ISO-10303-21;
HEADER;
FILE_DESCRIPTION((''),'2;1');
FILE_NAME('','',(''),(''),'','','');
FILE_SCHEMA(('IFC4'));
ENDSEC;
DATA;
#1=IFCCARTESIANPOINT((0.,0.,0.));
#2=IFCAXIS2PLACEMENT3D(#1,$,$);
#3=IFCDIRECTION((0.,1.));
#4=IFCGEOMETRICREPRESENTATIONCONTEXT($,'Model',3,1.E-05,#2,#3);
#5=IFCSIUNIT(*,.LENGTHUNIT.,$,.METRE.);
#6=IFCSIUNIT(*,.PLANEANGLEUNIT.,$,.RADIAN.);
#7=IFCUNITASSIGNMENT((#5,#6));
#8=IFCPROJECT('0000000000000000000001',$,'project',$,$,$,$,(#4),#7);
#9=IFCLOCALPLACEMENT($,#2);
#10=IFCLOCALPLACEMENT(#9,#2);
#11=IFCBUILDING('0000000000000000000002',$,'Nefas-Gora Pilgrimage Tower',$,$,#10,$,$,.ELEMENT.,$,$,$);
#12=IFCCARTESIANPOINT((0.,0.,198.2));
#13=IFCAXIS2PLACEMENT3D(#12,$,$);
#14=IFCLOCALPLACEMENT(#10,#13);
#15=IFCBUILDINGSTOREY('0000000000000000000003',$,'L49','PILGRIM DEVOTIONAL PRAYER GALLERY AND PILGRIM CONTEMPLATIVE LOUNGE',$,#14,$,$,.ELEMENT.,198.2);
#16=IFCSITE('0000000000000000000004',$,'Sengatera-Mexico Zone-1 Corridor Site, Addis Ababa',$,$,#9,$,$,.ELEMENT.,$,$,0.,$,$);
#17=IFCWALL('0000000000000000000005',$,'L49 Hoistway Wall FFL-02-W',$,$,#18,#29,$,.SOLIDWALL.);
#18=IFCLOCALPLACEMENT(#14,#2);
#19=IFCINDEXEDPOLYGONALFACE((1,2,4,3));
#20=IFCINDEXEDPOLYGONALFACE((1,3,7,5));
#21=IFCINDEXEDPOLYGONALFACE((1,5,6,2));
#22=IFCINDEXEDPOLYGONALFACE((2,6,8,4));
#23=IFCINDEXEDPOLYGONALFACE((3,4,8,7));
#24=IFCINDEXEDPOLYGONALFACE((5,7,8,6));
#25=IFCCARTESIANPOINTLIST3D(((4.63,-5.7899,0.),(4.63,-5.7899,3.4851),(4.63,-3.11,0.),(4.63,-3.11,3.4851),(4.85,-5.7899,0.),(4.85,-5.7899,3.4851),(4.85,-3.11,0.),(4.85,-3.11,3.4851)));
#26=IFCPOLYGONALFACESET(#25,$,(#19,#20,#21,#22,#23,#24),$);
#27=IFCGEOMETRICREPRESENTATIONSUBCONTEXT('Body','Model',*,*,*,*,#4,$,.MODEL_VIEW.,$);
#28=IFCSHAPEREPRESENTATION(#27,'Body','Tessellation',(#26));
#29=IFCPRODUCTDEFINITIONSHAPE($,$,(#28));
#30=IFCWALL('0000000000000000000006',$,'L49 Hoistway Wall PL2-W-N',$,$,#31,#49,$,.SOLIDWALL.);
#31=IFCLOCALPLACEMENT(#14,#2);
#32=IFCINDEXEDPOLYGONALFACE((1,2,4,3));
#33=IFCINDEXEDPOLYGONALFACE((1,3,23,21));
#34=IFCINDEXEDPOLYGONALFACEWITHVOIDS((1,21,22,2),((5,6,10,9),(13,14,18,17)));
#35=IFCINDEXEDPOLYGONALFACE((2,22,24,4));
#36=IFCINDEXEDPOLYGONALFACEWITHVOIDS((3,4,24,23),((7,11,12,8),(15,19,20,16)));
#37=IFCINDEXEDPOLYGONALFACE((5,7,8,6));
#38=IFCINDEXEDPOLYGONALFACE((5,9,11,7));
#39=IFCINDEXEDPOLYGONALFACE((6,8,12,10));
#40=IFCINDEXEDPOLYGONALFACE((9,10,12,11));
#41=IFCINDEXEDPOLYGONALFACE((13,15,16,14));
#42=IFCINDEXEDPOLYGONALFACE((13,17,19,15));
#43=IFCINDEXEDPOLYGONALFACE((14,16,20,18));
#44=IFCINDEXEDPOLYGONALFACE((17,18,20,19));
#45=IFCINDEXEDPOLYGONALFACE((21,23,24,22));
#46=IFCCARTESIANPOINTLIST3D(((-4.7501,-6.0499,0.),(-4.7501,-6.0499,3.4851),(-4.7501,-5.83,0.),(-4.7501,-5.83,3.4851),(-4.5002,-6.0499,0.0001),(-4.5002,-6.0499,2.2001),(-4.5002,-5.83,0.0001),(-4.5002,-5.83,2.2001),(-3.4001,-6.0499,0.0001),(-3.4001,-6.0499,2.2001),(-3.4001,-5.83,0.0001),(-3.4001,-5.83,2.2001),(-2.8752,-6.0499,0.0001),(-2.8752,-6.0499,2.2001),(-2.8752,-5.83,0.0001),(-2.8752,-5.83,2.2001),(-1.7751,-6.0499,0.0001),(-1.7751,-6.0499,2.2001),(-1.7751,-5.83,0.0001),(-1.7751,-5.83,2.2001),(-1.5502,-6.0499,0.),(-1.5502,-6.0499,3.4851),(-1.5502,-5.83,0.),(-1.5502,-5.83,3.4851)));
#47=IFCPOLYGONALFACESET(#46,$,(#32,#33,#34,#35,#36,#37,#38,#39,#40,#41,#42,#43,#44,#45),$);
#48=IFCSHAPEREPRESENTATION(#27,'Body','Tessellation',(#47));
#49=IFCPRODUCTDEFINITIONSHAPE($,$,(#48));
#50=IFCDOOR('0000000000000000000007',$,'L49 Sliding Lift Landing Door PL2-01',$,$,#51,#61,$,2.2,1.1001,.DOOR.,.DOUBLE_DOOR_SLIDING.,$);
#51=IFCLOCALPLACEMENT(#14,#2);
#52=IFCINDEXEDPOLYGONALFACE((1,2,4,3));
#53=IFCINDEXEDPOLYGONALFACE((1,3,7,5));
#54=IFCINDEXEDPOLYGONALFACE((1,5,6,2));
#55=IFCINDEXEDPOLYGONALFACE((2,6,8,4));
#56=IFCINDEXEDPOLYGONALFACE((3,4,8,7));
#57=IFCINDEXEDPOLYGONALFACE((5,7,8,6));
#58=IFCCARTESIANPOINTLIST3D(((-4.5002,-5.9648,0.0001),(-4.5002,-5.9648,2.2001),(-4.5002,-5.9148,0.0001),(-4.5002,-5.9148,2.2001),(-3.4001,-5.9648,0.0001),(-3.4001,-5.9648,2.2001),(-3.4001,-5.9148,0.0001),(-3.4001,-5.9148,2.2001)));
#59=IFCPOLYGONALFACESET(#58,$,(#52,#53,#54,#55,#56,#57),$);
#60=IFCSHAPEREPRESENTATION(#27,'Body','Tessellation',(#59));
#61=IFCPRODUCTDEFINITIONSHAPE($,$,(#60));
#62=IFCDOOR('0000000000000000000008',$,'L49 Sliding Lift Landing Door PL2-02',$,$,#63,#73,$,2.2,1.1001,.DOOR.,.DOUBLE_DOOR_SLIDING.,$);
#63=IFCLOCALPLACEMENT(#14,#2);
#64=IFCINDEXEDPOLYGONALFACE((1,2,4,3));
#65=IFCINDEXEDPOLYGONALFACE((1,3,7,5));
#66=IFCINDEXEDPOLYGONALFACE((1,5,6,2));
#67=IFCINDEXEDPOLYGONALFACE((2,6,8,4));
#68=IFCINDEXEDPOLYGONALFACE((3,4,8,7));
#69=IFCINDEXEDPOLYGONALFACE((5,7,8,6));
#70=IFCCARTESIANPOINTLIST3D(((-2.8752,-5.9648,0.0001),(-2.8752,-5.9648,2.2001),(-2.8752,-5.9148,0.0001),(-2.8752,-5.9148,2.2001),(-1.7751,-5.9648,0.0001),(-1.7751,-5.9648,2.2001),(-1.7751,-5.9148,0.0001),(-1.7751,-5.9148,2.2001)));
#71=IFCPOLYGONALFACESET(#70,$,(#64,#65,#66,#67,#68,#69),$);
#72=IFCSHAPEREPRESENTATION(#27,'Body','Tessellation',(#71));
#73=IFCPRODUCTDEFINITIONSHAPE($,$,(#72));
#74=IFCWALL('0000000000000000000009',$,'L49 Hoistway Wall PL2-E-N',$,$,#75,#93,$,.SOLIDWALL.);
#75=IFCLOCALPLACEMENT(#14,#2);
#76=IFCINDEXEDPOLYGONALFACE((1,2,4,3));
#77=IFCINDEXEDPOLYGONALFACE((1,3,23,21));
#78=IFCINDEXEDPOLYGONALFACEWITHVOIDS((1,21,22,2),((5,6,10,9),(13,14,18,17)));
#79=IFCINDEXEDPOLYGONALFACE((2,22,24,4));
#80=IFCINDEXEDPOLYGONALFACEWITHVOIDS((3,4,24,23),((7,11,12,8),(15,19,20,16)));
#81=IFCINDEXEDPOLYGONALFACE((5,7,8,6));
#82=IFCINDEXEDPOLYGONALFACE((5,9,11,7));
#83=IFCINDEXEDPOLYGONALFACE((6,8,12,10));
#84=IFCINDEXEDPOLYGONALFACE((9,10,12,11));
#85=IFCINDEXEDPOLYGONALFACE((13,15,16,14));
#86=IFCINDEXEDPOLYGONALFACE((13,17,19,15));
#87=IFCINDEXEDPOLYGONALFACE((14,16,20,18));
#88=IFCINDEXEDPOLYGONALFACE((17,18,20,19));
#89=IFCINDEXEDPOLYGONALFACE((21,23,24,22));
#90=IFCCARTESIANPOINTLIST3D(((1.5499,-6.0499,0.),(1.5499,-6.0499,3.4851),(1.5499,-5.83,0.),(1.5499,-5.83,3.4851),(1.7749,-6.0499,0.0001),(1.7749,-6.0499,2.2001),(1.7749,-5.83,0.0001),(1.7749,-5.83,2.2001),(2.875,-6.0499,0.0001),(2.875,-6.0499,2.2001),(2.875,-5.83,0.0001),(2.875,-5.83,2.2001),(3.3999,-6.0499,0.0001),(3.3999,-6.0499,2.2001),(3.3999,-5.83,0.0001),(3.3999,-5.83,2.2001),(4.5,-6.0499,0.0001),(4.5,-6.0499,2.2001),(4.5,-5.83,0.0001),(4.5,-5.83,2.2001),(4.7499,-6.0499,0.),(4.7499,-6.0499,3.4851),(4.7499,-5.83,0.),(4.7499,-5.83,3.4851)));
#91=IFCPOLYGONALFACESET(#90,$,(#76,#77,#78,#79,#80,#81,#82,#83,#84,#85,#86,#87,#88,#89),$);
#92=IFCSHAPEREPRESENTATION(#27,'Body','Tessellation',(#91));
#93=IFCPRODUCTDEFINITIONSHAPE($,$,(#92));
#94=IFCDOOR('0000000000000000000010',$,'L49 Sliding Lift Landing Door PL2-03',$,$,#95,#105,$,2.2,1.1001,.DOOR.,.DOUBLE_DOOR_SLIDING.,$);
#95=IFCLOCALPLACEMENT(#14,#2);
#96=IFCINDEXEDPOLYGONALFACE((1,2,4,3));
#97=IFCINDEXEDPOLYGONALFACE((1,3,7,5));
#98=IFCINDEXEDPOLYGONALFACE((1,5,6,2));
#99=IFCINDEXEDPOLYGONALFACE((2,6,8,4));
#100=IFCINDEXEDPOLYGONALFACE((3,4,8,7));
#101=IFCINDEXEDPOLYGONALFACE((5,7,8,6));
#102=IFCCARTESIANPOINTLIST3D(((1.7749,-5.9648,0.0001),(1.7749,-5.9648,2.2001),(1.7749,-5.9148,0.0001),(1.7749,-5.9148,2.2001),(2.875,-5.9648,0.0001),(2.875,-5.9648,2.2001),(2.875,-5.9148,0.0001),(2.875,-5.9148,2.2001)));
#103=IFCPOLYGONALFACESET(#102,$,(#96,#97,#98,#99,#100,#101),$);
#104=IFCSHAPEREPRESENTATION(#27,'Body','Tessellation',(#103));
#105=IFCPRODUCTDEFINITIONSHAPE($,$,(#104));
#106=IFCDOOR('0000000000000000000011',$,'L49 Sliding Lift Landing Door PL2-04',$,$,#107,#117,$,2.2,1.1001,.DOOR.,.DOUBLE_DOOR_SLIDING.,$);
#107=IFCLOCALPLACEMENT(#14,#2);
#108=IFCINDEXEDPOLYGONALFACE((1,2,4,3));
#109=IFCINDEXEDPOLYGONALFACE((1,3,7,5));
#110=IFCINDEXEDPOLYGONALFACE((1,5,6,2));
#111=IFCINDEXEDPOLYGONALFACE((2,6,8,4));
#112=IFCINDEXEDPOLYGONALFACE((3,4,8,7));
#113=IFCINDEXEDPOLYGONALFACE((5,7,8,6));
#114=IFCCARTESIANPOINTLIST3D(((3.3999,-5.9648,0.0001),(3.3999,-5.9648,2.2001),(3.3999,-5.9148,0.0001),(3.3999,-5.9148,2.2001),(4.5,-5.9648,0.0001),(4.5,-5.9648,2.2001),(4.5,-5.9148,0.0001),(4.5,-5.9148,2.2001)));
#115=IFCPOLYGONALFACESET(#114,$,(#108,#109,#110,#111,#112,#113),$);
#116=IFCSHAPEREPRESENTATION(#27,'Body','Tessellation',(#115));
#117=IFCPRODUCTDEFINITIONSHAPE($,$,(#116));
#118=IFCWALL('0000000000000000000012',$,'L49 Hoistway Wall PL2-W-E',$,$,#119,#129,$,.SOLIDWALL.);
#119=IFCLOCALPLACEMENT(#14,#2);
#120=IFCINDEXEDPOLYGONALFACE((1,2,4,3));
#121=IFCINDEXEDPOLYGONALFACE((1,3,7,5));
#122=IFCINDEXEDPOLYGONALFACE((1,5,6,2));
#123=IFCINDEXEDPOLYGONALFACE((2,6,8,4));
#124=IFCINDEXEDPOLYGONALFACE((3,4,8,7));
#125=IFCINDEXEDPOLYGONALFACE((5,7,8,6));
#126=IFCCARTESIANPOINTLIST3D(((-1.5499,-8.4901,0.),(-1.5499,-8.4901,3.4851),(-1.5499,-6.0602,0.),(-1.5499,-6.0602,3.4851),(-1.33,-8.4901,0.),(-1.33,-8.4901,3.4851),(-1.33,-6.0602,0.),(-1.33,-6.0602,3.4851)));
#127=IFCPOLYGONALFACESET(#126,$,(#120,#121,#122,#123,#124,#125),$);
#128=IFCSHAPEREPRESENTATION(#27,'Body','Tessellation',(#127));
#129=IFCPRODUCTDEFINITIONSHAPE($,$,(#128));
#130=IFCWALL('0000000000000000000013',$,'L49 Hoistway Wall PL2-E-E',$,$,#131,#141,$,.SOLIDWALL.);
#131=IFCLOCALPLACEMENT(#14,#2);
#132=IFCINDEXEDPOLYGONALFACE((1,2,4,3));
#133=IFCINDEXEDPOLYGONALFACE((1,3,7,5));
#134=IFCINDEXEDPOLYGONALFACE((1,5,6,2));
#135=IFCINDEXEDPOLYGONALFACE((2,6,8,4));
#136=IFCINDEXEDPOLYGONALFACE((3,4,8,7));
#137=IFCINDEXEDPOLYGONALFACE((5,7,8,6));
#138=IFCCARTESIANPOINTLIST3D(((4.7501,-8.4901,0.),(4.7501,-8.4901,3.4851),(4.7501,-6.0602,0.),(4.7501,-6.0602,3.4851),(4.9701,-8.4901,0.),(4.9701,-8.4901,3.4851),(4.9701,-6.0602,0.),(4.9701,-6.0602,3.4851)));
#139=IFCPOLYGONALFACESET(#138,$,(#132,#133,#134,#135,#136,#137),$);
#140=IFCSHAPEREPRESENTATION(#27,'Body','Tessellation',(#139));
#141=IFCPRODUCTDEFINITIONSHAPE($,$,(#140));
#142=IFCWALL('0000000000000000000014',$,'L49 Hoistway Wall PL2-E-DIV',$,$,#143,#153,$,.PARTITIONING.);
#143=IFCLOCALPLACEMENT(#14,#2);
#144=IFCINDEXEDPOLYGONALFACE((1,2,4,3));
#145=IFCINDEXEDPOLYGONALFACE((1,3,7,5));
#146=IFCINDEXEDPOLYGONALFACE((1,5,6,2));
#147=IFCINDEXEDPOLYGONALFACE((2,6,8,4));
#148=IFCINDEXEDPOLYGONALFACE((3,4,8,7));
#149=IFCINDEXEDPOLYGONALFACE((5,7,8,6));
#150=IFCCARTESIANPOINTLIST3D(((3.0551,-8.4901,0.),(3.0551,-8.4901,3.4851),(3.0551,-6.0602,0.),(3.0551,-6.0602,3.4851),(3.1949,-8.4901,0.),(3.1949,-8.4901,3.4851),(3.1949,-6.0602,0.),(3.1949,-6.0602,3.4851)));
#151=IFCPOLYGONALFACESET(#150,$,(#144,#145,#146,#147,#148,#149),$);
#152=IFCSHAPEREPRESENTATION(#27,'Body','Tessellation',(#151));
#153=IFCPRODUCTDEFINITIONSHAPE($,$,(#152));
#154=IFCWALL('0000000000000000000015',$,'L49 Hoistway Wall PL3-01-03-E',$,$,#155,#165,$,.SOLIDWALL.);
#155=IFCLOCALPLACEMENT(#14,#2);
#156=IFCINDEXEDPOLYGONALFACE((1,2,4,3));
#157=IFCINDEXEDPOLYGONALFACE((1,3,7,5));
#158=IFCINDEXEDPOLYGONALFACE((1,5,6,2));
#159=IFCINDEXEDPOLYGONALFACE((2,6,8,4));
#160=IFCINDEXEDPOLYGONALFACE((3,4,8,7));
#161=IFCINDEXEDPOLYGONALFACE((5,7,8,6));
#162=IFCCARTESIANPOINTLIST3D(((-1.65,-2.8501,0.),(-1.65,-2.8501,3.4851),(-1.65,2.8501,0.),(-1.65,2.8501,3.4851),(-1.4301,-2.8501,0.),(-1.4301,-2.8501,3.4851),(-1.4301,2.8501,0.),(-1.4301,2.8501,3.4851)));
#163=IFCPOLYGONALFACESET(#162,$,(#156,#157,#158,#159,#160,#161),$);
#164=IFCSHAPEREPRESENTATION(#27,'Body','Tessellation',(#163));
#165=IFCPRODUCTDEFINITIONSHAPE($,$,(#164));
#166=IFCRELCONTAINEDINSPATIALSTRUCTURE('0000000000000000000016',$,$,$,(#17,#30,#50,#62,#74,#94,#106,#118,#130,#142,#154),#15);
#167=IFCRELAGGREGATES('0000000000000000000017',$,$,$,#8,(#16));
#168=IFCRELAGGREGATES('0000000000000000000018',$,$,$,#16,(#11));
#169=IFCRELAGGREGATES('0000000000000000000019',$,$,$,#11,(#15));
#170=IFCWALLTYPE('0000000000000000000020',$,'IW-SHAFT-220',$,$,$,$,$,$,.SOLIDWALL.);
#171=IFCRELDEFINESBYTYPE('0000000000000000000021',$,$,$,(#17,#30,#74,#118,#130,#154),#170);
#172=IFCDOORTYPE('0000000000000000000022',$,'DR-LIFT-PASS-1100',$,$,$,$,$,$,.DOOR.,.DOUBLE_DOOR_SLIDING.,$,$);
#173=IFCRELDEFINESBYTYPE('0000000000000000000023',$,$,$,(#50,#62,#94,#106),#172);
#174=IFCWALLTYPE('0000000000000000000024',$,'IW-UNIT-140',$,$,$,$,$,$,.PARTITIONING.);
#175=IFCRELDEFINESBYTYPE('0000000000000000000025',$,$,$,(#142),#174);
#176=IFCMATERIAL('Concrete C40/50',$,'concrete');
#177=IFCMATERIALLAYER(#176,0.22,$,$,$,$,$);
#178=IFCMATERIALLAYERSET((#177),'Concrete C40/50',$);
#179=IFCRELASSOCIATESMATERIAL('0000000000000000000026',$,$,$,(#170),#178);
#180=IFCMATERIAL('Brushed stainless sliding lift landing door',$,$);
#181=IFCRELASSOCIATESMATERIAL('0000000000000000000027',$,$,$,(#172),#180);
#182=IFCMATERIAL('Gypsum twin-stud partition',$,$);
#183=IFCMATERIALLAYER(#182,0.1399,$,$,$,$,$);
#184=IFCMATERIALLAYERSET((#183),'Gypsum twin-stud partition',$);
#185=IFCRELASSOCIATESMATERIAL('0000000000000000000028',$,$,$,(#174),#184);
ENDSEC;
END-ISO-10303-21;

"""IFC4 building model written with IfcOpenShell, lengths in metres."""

from ifc_helpers import new_model, si_unit, direction, frame, frame_2d, origin, place, context, subcontext, project, spatial, rectangle, extrude, source, transform, mapped, material, layer, layer_set, type_object, element, fill, save


model = new_model("IFC4")

# Units and contexts
model_context = context("Model", 3, precision=1e-05, world=origin(), true_north=direction((0.0, 1.0)))
body_context = subcontext(model_context, "Body", "Model", "MODEL_VIEW")
ifc_project = project(units=[si_unit("LENGTHUNIT", "METRE"), si_unit("PLANEANGLEUNIT", "RADIAN")], contexts=[model_context])

# Site, building, storey
site_placement = place(None, origin())
site = spatial("IfcSite", under=ifc_project, at=site_placement, Name="Sengatera-Mexico Zone-1 Corridor Site, Addis Ababa", CompositionType="ELEMENT", RefElevation=0.0)
building_placement = place(site_placement, origin())
building = spatial("IfcBuilding", under=site, at=building_placement, Name="Nefas-Gora Pilgrimage Tower", CompositionType="ELEMENT")
storey_placement = place(building_placement, frame((0.0, 0.0, 198.2)))
storey = spatial("IfcBuildingStorey", under=building, at=storey_placement, Name="L49", Description="PILGRIM DEVOTIONAL PRAYER GALLERY AND PILGRIM CONTEMPLATIVE LOUNGE", CompositionType="ELEMENT", Elevation=198.2)

# Wall
ifc_material_1 = material(Name="Concrete C40/50", Category="concrete")
ifc_layer_1 = layer(ifc_material_1, 0.22)
ifc_layer_set_1 = layer_set([ifc_layer_1], Name="Concrete C40/50")
wall_type_1 = type_object("IfcWallType", Name="IW-SHAFT-220", PredefinedType="SOLIDWALL", material=ifc_layer_set_1)
shared_shape_1 = source(origin(), body_context, "Body", "SweptSolid", [
    extrude(rectangle(XDim=2.6799, YDim=0.22, at=frame_2d((1.3398, 0.0))), origin(), (0.0, 0.0, 1.0), 3.4851),
])
wall_1_placement = place(storey_placement, frame((4.74, -3.1101, 0.0), z_axis=(0.0, 0.0, 1.0), x_axis=(0.0, -1.0, 0.0)))
element("IfcWall", 1, at=wall_1_placement, inside=storey, type_object=wall_type_1, Name="L49 Hoistway Wall FFL-02-W", PredefinedType="SOLIDWALL", context=body_context, shape_type="MappedRepresentation", body=[
    mapped(shared_shape_1, transform((0.0, 0.0, 0.0), x_axis=(1.0, 0.0, 0.0), y_axis=(0.0, 1.0, 0.0), z_axis=(0.0, 0.0, 1.0), scale=1.0)),
])

# Walls, openings, doors
shared_shape_2 = source(origin(), body_context, "Body", "SweptSolid", [
    extrude(rectangle(XDim=3.2, YDim=0.22, at=frame_2d((1.6001, 0.0))), origin(), (0.0, 0.0, 1.0), 3.4851),
])
wall_2_placement = place(storey_placement, frame((-1.55, -5.9399, 0.0), z_axis=(0.0, 0.0, 1.0), x_axis=(-1.0, 0.0, 0.0)))
wall_2 = element("IfcWall", 2, at=wall_2_placement, inside=storey, type_object=wall_type_1, Name="L49 Hoistway Wall PL2-W-N", PredefinedType="SOLIDWALL", context=body_context, shape_type="MappedRepresentation", body=[
    mapped(shared_shape_2, transform((0.0, 0.0, 0.0), x_axis=(1.0, 0.0, 0.0), y_axis=(0.0, 1.0, 0.0), z_axis=(0.0, 0.0, 1.0), scale=1.0)),
])
opening_1_placement = place(wall_2_placement, frame((1.8501, 0.0, 0.0)))
opening_1 = element("IfcOpeningElement", 3, at=opening_1_placement, cuts=wall_2, PredefinedType="OPENING", context=body_context, shape_type="SweptSolid", body=[
    extrude(rectangle(XDim=1.1001, YDim=2.2, at=frame_2d((0.55, 1.1001))), frame((0.0, 0.1199, 0.0), z_axis=(0.0, -1.0, 0.0), x_axis=(1.0, 0.0, 0.0)), (0.0, 0.0, 1.0), 0.24),
])
opening_2_placement = place(wall_2_placement, frame((0.2251, 0.0, 0.0)))
opening_2 = element("IfcOpeningElement", 4, at=opening_2_placement, cuts=wall_2, PredefinedType="OPENING", context=body_context, shape_type="SweptSolid", body=[
    extrude(rectangle(XDim=1.1001, YDim=2.2, at=frame_2d((0.55, 1.1001))), frame((0.0, 0.1199, 0.0), z_axis=(0.0, -1.0, 0.0), x_axis=(1.0, 0.0, 0.0)), (0.0, 0.0, 1.0), 0.24),
])
ifc_material_2 = material(Name="Brushed stainless sliding lift landing door")
door_type_1 = type_object("IfcDoorType", Name="DR-LIFT-PASS-1100", OperationType="DOUBLE_DOOR_SLIDING", PredefinedType="DOOR", material=ifc_material_2)
shared_shape_3 = source(origin(), body_context, "Body", "SweptSolid", [
    extrude(rectangle(XDim=1.1001, YDim=2.2, at=frame_2d((0.55, 1.1001))), frame((0.0, 0.0249, 0.0), z_axis=(0.0, -1.0, 0.0), x_axis=(1.0, 0.0, 0.0)), (0.0, 0.0, 1.0), 0.05),
])
door_1_placement = place(opening_1_placement, origin())
door_1 = element("IfcDoor", 5, at=door_1_placement, inside=storey, type_object=door_type_1, Name="L49 Sliding Lift Landing Door PL2-01", OperationType="DOUBLE_DOOR_SLIDING", OverallHeight=2.2, OverallWidth=1.1001, PredefinedType="DOOR", context=body_context, shape_type="MappedRepresentation", body=[
    mapped(shared_shape_3, transform((0.0, 0.0, 0.0), x_axis=(1.0, 0.0, 0.0), y_axis=(0.0, 1.0, 0.0), z_axis=(0.0, 0.0, 1.0), scale=1.0)),
])
fill(opening_1, door_1)
door_2_placement = place(opening_2_placement, origin())
door_2 = element("IfcDoor", 6, at=door_2_placement, inside=storey, type_object=door_type_1, Name="L49 Sliding Lift Landing Door PL2-02", OperationType="DOUBLE_DOOR_SLIDING", OverallHeight=2.2, OverallWidth=1.1001, PredefinedType="DOOR", context=body_context, shape_type="MappedRepresentation", body=[
    mapped(shared_shape_3, transform((0.0, 0.0, 0.0), x_axis=(1.0, 0.0, 0.0), y_axis=(0.0, 1.0, 0.0), z_axis=(0.0, 0.0, 1.0), scale=1.0)),
])
fill(opening_2, door_2)
wall_3_placement = place(storey_placement, frame((4.75, -5.9399, 0.0), z_axis=(0.0, 0.0, 1.0), x_axis=(-1.0, 0.0, 0.0)))
wall_3 = element("IfcWall", 7, at=wall_3_placement, inside=storey, type_object=wall_type_1, Name="L49 Hoistway Wall PL2-E-N", PredefinedType="SOLIDWALL", context=body_context, shape_type="MappedRepresentation", body=[
    mapped(shared_shape_2, transform((0.0, 0.0, 0.0), x_axis=(1.0, 0.0, 0.0), y_axis=(0.0, 1.0, 0.0), z_axis=(0.0, 0.0, 1.0), scale=1.0)),
])
opening_3_placement = place(wall_3_placement, frame((1.875, 0.0, 0.0)))
opening_3 = element("IfcOpeningElement", 8, at=opening_3_placement, cuts=wall_3, PredefinedType="OPENING", context=body_context, shape_type="SweptSolid", body=[
    extrude(rectangle(XDim=1.1001, YDim=2.2, at=frame_2d((0.55, 1.1001))), frame((0.0, 0.1199, 0.0), z_axis=(0.0, -1.0, 0.0), x_axis=(1.0, 0.0, 0.0)), (0.0, 0.0, 1.0), 0.24),
])
opening_4_placement = place(wall_3_placement, frame((0.25, 0.0, 0.0)))
opening_4 = element("IfcOpeningElement", 9, at=opening_4_placement, cuts=wall_3, PredefinedType="OPENING", context=body_context, shape_type="SweptSolid", body=[
    extrude(rectangle(XDim=1.1001, YDim=2.2, at=frame_2d((0.55, 1.1001))), frame((0.0, 0.1199, 0.0), z_axis=(0.0, -1.0, 0.0), x_axis=(1.0, 0.0, 0.0)), (0.0, 0.0, 1.0), 0.24),
])
door_3_placement = place(opening_3_placement, origin())
door_3 = element("IfcDoor", 10, at=door_3_placement, inside=storey, type_object=door_type_1, Name="L49 Sliding Lift Landing Door PL2-03", OperationType="DOUBLE_DOOR_SLIDING", OverallHeight=2.2, OverallWidth=1.1001, PredefinedType="DOOR", context=body_context, shape_type="MappedRepresentation", body=[
    mapped(shared_shape_3, transform((0.0, 0.0, 0.0), x_axis=(1.0, 0.0, 0.0), y_axis=(0.0, 1.0, 0.0), z_axis=(0.0, 0.0, 1.0), scale=1.0)),
])
fill(opening_3, door_3)
door_4_placement = place(opening_4_placement, origin())
door_4 = element("IfcDoor", 11, at=door_4_placement, inside=storey, type_object=door_type_1, Name="L49 Sliding Lift Landing Door PL2-04", OperationType="DOUBLE_DOOR_SLIDING", OverallHeight=2.2, OverallWidth=1.1001, PredefinedType="DOOR", context=body_context, shape_type="MappedRepresentation", body=[
    mapped(shared_shape_3, transform((0.0, 0.0, 0.0), x_axis=(1.0, 0.0, 0.0), y_axis=(0.0, 1.0, 0.0), z_axis=(0.0, 0.0, 1.0), scale=1.0)),
])
fill(opening_4, door_4)

# Walls
shared_shape_4 = source(origin(), body_context, "Body", "SweptSolid", [
    extrude(rectangle(XDim=2.4299, YDim=0.22, at=frame_2d((1.2148, 0.0))), origin(), (0.0, 0.0, 1.0), 3.4851),
])
for number, where, z_axis, x_axis, name in (
    (12, (-1.4399, -8.49, 0.0), (0.0, 0.0, 1.0), (0.0, 1.0, 0.0), "L49 Hoistway Wall PL2-W-E"),
    (13, (4.8601, -8.49, 0.0), (0.0, 0.0, 1.0), (0.0, 1.0, 0.0), "L49 Hoistway Wall PL2-E-E"),
):
    element("IfcWall", number, at=place(storey_placement, frame(where, z_axis=z_axis, x_axis=x_axis)), inside=storey, type_object=wall_type_1, Name=name, PredefinedType="SOLIDWALL", context=body_context, shape_type="MappedRepresentation", body=[
        mapped(shared_shape_4, transform((0.0, 0.0, 0.0), x_axis=(1.0, 0.0, 0.0), y_axis=(0.0, 1.0, 0.0), z_axis=(0.0, 0.0, 1.0), scale=1.0)),
    ])
ifc_material_3 = material(Name="Gypsum twin-stud partition")
ifc_layer_2 = layer(ifc_material_3, 0.1399)
ifc_layer_set_2 = layer_set([ifc_layer_2], Name="Gypsum twin-stud partition")
wall_type_2 = type_object("IfcWallType", Name="IW-UNIT-140", PredefinedType="PARTITIONING", material=ifc_layer_set_2)
shared_shape_5 = source(origin(), body_context, "Body", "SweptSolid", [
    extrude(rectangle(XDim=2.4299, YDim=0.1399, at=frame_2d((1.2148, 0.0))), origin(), (0.0, 0.0, 1.0), 3.4851),
])
wall_4_placement = place(storey_placement, frame((3.125, -8.49, 0.0), z_axis=(0.0, 0.0, 1.0), x_axis=(0.0, 1.0, 0.0)))
element("IfcWall", 14, at=wall_4_placement, inside=storey, type_object=wall_type_2, Name="L49 Hoistway Wall PL2-E-DIV", PredefinedType="PARTITIONING", context=body_context, shape_type="MappedRepresentation", body=[
    mapped(shared_shape_5, transform((0.0, 0.0, 0.0), x_axis=(1.0, 0.0, 0.0), y_axis=(0.0, 1.0, 0.0), z_axis=(0.0, 0.0, 1.0), scale=1.0)),
])
shared_shape_6 = source(origin(), body_context, "Body", "SweptSolid", [
    extrude(rectangle(XDim=5.7002, YDim=0.22, at=frame_2d((2.8501, 0.0))), origin(), (0.0, 0.0, 1.0), 3.4851),
])
wall_5_placement = place(storey_placement, frame((-1.54, -2.8501, 0.0), z_axis=(0.0, 0.0, 1.0), x_axis=(0.0, 1.0, 0.0)))
element("IfcWall", 15, at=wall_5_placement, inside=storey, type_object=wall_type_1, Name="L49 Hoistway Wall PL3-01-03-E", PredefinedType="SOLIDWALL", context=body_context, shape_type="MappedRepresentation", body=[
    mapped(shared_shape_6, transform((0.0, 0.0, 0.0), x_axis=(1.0, 0.0, 0.0), y_axis=(0.0, 1.0, 0.0), z_axis=(0.0, 0.0, 1.0), scale=1.0)),
])

save(model, "model.ifc")
